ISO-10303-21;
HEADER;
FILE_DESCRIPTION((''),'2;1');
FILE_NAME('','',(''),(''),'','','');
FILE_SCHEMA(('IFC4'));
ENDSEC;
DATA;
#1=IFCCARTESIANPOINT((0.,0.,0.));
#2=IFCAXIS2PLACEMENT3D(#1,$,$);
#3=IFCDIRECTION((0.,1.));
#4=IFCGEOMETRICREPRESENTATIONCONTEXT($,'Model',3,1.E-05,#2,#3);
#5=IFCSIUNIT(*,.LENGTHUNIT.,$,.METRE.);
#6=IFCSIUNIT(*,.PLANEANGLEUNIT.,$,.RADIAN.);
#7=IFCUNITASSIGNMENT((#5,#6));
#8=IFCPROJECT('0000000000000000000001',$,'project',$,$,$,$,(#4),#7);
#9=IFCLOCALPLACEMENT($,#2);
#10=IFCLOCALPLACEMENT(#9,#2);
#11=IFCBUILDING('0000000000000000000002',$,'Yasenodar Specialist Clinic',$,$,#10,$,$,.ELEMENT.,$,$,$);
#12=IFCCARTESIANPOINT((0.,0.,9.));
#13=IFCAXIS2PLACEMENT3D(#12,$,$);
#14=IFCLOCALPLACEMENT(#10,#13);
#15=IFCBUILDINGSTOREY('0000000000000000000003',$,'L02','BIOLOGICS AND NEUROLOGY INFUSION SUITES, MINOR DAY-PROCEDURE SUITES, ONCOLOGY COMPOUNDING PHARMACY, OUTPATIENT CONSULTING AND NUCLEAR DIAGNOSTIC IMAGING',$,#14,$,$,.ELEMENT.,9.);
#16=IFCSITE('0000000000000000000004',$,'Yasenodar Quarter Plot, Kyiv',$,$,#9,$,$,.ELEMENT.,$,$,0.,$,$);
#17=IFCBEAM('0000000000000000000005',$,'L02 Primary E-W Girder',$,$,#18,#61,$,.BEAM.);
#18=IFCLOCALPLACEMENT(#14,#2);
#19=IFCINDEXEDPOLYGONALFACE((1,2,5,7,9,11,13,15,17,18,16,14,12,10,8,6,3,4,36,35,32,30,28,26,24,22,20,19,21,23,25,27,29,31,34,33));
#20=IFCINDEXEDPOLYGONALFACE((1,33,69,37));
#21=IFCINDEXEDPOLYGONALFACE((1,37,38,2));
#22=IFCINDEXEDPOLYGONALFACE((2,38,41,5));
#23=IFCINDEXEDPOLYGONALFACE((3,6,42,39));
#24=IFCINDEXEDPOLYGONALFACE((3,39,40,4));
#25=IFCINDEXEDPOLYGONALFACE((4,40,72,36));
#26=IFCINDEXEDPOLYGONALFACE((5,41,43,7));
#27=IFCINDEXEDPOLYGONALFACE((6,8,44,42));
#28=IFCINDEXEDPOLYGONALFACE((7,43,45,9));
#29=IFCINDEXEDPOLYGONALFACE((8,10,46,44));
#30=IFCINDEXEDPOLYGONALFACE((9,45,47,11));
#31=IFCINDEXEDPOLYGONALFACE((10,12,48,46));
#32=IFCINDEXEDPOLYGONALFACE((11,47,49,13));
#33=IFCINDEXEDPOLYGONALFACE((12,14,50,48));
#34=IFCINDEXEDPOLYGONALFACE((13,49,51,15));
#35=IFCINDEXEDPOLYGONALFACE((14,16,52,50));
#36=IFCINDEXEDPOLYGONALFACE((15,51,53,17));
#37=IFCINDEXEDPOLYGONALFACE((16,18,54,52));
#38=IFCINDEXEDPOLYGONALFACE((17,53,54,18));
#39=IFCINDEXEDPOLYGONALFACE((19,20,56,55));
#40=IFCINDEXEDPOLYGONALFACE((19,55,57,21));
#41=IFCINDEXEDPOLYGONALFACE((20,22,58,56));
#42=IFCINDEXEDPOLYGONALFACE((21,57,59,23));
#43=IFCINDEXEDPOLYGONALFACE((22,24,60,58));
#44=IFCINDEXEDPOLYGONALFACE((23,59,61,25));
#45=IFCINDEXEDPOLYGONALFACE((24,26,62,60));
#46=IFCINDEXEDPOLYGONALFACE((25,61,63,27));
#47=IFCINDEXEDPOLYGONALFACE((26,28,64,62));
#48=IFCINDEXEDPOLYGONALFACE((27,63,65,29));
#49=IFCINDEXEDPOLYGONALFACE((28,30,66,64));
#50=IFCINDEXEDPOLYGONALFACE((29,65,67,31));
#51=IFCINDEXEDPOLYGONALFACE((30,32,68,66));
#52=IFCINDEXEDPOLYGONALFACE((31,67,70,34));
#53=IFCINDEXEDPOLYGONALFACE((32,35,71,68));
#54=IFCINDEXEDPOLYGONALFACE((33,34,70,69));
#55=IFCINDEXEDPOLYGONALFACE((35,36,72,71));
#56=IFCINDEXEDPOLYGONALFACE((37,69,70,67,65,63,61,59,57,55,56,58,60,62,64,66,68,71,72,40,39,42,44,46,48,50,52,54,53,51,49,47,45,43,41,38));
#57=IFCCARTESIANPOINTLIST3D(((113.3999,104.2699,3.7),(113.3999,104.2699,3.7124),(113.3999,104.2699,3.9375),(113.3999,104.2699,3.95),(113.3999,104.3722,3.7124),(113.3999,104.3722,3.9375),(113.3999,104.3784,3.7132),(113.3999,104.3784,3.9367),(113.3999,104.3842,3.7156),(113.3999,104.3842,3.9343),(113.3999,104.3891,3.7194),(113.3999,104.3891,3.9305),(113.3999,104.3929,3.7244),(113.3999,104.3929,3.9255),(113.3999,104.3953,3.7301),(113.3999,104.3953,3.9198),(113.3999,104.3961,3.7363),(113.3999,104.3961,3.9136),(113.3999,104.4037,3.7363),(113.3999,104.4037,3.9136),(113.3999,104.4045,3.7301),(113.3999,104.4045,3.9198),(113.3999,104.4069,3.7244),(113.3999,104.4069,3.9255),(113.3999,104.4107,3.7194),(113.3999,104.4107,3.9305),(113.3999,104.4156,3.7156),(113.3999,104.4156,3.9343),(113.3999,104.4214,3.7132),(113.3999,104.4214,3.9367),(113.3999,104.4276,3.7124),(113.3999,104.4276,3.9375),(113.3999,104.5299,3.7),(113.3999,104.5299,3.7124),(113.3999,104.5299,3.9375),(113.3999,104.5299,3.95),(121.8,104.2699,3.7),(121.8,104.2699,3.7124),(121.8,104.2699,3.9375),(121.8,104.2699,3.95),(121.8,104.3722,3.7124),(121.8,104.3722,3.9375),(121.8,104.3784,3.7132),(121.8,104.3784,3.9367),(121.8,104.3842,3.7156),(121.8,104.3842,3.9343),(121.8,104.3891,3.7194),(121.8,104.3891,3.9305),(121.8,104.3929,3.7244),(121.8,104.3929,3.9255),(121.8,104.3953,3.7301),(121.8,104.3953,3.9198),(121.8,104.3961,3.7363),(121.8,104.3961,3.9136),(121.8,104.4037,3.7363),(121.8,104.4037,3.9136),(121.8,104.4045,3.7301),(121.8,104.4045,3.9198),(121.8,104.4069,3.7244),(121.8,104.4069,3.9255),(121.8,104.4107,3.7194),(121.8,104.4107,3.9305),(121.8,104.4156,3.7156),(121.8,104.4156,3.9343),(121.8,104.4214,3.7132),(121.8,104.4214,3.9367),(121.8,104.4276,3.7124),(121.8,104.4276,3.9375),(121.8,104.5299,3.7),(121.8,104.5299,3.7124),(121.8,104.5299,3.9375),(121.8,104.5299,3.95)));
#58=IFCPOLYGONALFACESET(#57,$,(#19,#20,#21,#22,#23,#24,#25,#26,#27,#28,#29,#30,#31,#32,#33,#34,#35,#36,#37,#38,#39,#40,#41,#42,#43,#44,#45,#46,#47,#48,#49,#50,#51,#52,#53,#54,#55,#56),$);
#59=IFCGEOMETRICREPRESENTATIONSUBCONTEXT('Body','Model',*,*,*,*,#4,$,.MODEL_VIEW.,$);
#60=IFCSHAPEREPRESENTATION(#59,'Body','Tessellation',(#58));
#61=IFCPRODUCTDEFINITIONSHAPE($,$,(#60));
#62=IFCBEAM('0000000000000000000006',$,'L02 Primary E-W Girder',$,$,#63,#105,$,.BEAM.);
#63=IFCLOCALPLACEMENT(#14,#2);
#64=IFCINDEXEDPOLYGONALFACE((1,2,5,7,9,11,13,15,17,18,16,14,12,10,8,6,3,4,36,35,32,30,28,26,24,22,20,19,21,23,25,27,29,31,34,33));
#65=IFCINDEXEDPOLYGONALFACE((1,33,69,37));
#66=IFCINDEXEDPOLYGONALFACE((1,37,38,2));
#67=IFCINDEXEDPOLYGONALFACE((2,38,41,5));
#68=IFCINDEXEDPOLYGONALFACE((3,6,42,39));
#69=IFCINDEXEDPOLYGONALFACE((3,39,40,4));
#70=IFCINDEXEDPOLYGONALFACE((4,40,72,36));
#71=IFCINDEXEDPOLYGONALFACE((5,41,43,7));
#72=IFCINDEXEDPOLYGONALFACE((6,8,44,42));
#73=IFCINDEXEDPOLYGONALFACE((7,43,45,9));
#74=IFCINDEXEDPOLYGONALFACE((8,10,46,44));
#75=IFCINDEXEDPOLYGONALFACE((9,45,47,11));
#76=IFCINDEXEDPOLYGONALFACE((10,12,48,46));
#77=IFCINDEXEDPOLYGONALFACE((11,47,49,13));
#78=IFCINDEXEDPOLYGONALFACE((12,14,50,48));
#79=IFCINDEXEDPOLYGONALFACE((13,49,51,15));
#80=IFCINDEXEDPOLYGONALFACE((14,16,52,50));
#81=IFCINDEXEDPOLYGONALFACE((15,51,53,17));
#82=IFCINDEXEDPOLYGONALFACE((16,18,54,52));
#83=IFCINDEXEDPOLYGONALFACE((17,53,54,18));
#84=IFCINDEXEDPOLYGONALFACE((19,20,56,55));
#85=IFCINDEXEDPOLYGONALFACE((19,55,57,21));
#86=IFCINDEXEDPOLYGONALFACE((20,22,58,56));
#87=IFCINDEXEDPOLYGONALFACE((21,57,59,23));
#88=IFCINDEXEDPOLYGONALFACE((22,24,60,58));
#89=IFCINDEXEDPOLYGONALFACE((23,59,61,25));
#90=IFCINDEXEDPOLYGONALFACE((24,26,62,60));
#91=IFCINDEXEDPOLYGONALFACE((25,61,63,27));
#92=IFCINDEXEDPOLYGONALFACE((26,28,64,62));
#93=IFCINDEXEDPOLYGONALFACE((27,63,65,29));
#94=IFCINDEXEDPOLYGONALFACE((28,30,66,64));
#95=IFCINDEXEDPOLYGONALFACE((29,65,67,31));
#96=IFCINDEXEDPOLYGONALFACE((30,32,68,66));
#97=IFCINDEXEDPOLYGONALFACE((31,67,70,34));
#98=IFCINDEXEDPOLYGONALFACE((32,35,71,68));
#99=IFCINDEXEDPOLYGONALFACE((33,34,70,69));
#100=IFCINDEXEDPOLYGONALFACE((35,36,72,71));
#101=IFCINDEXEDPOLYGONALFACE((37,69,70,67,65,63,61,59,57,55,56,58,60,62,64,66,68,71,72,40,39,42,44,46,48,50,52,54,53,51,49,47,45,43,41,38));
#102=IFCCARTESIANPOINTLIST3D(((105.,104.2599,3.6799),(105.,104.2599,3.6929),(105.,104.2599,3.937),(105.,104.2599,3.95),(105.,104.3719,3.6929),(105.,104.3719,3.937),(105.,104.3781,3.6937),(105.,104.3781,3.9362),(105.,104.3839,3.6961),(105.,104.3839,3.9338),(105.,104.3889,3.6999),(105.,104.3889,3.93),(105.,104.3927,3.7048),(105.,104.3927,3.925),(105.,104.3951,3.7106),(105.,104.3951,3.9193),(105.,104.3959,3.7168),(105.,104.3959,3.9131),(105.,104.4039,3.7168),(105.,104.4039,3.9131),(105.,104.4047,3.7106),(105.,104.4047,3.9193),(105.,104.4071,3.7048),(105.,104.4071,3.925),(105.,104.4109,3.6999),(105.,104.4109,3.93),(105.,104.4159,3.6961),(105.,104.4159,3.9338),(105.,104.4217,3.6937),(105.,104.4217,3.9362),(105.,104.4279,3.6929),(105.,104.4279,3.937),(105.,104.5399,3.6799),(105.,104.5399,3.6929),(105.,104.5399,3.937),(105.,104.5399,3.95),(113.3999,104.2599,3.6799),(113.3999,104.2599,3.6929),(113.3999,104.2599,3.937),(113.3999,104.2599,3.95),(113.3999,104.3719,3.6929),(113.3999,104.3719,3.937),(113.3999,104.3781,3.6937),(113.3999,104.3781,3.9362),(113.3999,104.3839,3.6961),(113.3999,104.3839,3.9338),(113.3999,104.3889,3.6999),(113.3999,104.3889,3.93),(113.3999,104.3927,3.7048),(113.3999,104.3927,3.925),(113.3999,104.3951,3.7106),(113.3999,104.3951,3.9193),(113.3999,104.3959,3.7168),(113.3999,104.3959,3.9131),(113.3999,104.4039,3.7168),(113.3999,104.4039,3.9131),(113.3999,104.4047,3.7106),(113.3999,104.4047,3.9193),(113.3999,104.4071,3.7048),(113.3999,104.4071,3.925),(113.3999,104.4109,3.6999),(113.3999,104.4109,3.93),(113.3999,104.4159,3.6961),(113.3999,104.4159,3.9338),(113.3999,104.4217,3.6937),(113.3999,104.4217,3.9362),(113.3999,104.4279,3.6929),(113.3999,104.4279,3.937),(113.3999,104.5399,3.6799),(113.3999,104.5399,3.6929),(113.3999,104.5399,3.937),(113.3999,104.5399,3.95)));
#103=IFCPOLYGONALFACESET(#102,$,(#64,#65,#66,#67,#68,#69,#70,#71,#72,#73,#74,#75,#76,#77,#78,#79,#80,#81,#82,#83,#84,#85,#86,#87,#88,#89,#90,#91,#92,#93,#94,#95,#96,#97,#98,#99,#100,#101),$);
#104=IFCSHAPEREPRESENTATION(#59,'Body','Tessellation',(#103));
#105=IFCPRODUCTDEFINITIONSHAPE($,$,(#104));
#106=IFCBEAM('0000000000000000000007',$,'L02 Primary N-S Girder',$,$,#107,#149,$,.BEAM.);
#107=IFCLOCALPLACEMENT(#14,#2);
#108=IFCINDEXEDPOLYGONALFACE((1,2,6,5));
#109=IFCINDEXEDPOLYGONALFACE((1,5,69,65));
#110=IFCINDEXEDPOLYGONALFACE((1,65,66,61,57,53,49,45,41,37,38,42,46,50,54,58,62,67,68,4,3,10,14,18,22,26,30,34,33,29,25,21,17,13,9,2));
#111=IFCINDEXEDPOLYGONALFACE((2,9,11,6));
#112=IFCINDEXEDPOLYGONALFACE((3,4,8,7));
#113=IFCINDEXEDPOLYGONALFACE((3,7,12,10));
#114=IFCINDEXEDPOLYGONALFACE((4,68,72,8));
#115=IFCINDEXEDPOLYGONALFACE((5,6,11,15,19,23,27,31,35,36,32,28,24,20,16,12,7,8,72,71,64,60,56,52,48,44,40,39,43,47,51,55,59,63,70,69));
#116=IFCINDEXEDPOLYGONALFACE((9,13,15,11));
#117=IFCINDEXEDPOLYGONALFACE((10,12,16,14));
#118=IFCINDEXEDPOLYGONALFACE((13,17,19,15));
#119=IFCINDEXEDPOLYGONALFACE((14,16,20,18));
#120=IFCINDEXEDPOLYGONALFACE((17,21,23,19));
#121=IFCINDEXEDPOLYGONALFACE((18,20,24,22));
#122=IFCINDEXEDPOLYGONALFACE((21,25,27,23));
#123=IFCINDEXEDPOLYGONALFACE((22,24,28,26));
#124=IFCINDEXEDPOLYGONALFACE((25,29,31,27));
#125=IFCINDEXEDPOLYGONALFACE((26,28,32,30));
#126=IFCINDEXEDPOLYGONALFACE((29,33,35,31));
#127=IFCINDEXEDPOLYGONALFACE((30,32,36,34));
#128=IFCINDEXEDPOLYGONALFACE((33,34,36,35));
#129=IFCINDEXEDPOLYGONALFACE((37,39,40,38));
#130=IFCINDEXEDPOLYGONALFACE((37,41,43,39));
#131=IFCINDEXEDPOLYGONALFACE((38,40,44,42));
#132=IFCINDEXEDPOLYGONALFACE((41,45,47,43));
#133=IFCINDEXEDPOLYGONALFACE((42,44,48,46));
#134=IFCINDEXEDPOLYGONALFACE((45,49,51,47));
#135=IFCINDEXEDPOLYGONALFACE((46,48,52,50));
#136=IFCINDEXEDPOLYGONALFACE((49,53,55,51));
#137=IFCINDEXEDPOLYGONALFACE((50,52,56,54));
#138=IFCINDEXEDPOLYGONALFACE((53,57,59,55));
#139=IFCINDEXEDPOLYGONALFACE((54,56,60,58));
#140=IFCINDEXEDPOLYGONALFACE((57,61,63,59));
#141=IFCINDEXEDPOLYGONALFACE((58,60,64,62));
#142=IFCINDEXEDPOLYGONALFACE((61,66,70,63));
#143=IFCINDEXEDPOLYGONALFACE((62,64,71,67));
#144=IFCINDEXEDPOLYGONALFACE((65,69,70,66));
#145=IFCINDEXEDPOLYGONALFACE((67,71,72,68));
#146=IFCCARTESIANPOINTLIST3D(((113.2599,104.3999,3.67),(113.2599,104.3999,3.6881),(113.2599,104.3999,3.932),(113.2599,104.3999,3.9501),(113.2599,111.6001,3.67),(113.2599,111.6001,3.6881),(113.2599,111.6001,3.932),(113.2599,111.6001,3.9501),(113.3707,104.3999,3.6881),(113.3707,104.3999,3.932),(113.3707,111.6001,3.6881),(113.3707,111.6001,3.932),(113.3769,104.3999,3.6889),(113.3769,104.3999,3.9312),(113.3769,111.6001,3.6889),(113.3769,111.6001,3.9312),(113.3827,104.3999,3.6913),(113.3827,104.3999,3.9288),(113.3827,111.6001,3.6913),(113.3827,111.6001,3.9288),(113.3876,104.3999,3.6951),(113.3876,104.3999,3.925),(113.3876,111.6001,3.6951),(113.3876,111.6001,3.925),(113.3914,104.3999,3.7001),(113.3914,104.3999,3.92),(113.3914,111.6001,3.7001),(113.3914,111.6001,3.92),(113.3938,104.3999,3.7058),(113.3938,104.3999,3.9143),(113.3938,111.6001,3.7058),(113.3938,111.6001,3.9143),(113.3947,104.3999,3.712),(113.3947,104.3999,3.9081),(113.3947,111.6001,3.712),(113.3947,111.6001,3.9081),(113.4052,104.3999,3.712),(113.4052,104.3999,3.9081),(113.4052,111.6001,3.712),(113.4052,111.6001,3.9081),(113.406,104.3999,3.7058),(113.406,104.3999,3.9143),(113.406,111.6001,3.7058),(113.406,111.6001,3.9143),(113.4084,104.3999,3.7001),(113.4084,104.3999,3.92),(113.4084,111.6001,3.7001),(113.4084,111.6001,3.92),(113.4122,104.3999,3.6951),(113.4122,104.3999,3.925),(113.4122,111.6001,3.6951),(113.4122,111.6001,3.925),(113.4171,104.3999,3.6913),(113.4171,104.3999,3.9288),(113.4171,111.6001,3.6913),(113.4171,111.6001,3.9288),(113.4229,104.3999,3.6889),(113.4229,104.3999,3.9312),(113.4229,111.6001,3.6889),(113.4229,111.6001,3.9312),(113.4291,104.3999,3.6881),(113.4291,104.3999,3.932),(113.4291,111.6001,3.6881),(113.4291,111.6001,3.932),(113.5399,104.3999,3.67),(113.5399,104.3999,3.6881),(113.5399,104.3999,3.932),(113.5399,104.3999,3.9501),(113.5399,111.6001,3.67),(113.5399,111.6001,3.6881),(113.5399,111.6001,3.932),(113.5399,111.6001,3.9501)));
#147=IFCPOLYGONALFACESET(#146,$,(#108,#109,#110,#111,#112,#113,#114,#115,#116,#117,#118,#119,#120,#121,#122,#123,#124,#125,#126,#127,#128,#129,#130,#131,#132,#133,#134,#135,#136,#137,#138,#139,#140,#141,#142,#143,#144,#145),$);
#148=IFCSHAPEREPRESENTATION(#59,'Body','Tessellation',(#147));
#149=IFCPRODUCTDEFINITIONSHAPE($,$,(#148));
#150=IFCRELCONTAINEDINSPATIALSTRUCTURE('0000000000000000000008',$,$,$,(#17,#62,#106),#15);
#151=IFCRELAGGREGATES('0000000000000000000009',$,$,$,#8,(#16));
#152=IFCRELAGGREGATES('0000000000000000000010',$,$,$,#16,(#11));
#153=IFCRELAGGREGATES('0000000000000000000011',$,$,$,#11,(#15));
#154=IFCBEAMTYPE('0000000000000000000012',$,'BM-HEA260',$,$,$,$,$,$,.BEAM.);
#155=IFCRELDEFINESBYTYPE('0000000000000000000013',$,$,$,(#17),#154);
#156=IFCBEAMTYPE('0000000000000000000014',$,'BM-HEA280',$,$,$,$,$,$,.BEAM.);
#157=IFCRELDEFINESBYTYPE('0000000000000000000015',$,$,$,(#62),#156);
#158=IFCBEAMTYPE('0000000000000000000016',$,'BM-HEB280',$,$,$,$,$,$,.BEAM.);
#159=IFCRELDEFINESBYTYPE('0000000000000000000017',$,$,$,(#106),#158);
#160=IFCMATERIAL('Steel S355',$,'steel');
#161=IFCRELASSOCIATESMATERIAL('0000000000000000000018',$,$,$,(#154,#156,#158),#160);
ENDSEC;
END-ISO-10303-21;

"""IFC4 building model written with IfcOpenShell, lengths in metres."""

from ifc_helpers import new_model, si_unit, direction, frame, origin, origin_2d, place, context, subcontext, project, spatial, i_section, extrude, material, material_profile, profile_set, type_object, element, save


model = new_model("IFC4")

# Units and contexts
model_context = context("Model", 3, precision=1e-05, world=origin(), true_north=direction((0.0, 1.0)))
body_context = subcontext(model_context, "Body", "Model", "MODEL_VIEW")
ifc_project = project(units=[si_unit("LENGTHUNIT", "METRE"), si_unit("PLANEANGLEUNIT", "RADIAN")], contexts=[model_context])

# Site, building, storey
site_placement = place(None, origin())
site = spatial("IfcSite", under=ifc_project, at=site_placement, Name="Yasenodar Quarter Plot, Kyiv", CompositionType="ELEMENT", RefElevation=0.0)
building_placement = place(site_placement, origin())
building = spatial("IfcBuilding", under=site, at=building_placement, Name="Yasenodar Specialist Clinic", CompositionType="ELEMENT")
storey_placement = place(building_placement, frame((0.0, 0.0, 9.0)))
storey = spatial("IfcBuildingStorey", under=building, at=storey_placement, Name="L02", Description="BIOLOGICS AND NEUROLOGY INFUSION SUITES, MINOR DAY-PROCEDURE SUITES, ONCOLOGY COMPOUNDING PHARMACY, OUTPATIENT CONSULTING AND NUCLEAR DIAGNOSTIC IMAGING", CompositionType="ELEMENT", Elevation=9.0)

# Shared definitions
ifc_material_1 = material(Name="Steel S355", Category="steel")

# Beams
ifc_material_profile_1 = material_profile(ifc_material_1, i_section(OverallWidth=0.26, OverallDepth=0.25, WebThickness=0.0076, FlangeThickness=0.0125, FilletRadius=0.0239, at=origin_2d()), Name="HEA 260")
ifc_profile_set_1 = profile_set([ifc_material_profile_1], Name="Steel S355")
beam_type_1 = type_object("IfcBeamType", Name="BM-HEA260", PredefinedType="BEAM", material=ifc_profile_set_1)
beam_1_placement = place(storey_placement, frame((113.3999, 104.3999, 3.825), z_axis=(1.0, 0.0, 0.0), x_axis=(0.0, 1.0, 0.0)))
element("IfcBeam", 1, at=beam_1_placement, inside=storey, type_object=beam_type_1, Name="L02 Primary E-W Girder", PredefinedType="BEAM", context=body_context, shape_type="SweptSolid", body=[
    extrude(i_section(OverallWidth=0.26, OverallDepth=0.25, WebThickness=0.0076, FlangeThickness=0.0125, FilletRadius=0.0239, at=origin_2d()), origin(), (0.0, 0.0, 1.0), 8.4001),
])
ifc_material_profile_2 = material_profile(ifc_material_1, i_section(OverallWidth=0.28, OverallDepth=0.27, WebThickness=0.0081, FlangeThickness=0.0129, FilletRadius=0.0239, at=origin_2d()), Name="HEA 280")
ifc_profile_set_2 = profile_set([ifc_material_profile_2], Name="Steel S355")
beam_type_2 = type_object("IfcBeamType", Name="BM-HEA280", PredefinedType="BEAM", material=ifc_profile_set_2)
beam_2_placement = place(storey_placement, frame((105.0, 104.3999, 3.8149), z_axis=(1.0, 0.0, 0.0), x_axis=(0.0, 1.0, 0.0)))
element("IfcBeam", 2, at=beam_2_placement, inside=storey, type_object=beam_type_2, Name="L02 Primary E-W Girder", PredefinedType="BEAM", context=body_context, shape_type="SweptSolid", body=[
    extrude(i_section(OverallWidth=0.28, OverallDepth=0.27, WebThickness=0.0081, FlangeThickness=0.0129, FilletRadius=0.0239, at=origin_2d()), origin(), (0.0, 0.0, 1.0), 8.3999),
])
ifc_material_profile_3 = material_profile(ifc_material_1, i_section(OverallWidth=0.28, OverallDepth=0.28, WebThickness=0.0105, FlangeThickness=0.0181, FilletRadius=0.0239, at=origin_2d()), Name="HEB 280")
ifc_profile_set_3 = profile_set([ifc_material_profile_3], Name="Steel S355")
beam_type_3 = type_object("IfcBeamType", Name="BM-HEB280", PredefinedType="BEAM", material=ifc_profile_set_3)
beam_3_placement = place(storey_placement, frame((113.3999, 104.3999, 3.8101), z_axis=(0.0, 1.0, 0.0), x_axis=(-1.0, 0.0, 0.0)))
element("IfcBeam", 3, at=beam_3_placement, inside=storey, type_object=beam_type_3, Name="L02 Primary N-S Girder", PredefinedType="BEAM", context=body_context, shape_type="SweptSolid", body=[
    extrude(i_section(OverallWidth=0.28, OverallDepth=0.28, WebThickness=0.0105, FlangeThickness=0.0181, FilletRadius=0.0239, at=origin_2d()), origin(), (0.0, 0.0, 1.0), 7.2002),
])

save(model, "model.ifc")
